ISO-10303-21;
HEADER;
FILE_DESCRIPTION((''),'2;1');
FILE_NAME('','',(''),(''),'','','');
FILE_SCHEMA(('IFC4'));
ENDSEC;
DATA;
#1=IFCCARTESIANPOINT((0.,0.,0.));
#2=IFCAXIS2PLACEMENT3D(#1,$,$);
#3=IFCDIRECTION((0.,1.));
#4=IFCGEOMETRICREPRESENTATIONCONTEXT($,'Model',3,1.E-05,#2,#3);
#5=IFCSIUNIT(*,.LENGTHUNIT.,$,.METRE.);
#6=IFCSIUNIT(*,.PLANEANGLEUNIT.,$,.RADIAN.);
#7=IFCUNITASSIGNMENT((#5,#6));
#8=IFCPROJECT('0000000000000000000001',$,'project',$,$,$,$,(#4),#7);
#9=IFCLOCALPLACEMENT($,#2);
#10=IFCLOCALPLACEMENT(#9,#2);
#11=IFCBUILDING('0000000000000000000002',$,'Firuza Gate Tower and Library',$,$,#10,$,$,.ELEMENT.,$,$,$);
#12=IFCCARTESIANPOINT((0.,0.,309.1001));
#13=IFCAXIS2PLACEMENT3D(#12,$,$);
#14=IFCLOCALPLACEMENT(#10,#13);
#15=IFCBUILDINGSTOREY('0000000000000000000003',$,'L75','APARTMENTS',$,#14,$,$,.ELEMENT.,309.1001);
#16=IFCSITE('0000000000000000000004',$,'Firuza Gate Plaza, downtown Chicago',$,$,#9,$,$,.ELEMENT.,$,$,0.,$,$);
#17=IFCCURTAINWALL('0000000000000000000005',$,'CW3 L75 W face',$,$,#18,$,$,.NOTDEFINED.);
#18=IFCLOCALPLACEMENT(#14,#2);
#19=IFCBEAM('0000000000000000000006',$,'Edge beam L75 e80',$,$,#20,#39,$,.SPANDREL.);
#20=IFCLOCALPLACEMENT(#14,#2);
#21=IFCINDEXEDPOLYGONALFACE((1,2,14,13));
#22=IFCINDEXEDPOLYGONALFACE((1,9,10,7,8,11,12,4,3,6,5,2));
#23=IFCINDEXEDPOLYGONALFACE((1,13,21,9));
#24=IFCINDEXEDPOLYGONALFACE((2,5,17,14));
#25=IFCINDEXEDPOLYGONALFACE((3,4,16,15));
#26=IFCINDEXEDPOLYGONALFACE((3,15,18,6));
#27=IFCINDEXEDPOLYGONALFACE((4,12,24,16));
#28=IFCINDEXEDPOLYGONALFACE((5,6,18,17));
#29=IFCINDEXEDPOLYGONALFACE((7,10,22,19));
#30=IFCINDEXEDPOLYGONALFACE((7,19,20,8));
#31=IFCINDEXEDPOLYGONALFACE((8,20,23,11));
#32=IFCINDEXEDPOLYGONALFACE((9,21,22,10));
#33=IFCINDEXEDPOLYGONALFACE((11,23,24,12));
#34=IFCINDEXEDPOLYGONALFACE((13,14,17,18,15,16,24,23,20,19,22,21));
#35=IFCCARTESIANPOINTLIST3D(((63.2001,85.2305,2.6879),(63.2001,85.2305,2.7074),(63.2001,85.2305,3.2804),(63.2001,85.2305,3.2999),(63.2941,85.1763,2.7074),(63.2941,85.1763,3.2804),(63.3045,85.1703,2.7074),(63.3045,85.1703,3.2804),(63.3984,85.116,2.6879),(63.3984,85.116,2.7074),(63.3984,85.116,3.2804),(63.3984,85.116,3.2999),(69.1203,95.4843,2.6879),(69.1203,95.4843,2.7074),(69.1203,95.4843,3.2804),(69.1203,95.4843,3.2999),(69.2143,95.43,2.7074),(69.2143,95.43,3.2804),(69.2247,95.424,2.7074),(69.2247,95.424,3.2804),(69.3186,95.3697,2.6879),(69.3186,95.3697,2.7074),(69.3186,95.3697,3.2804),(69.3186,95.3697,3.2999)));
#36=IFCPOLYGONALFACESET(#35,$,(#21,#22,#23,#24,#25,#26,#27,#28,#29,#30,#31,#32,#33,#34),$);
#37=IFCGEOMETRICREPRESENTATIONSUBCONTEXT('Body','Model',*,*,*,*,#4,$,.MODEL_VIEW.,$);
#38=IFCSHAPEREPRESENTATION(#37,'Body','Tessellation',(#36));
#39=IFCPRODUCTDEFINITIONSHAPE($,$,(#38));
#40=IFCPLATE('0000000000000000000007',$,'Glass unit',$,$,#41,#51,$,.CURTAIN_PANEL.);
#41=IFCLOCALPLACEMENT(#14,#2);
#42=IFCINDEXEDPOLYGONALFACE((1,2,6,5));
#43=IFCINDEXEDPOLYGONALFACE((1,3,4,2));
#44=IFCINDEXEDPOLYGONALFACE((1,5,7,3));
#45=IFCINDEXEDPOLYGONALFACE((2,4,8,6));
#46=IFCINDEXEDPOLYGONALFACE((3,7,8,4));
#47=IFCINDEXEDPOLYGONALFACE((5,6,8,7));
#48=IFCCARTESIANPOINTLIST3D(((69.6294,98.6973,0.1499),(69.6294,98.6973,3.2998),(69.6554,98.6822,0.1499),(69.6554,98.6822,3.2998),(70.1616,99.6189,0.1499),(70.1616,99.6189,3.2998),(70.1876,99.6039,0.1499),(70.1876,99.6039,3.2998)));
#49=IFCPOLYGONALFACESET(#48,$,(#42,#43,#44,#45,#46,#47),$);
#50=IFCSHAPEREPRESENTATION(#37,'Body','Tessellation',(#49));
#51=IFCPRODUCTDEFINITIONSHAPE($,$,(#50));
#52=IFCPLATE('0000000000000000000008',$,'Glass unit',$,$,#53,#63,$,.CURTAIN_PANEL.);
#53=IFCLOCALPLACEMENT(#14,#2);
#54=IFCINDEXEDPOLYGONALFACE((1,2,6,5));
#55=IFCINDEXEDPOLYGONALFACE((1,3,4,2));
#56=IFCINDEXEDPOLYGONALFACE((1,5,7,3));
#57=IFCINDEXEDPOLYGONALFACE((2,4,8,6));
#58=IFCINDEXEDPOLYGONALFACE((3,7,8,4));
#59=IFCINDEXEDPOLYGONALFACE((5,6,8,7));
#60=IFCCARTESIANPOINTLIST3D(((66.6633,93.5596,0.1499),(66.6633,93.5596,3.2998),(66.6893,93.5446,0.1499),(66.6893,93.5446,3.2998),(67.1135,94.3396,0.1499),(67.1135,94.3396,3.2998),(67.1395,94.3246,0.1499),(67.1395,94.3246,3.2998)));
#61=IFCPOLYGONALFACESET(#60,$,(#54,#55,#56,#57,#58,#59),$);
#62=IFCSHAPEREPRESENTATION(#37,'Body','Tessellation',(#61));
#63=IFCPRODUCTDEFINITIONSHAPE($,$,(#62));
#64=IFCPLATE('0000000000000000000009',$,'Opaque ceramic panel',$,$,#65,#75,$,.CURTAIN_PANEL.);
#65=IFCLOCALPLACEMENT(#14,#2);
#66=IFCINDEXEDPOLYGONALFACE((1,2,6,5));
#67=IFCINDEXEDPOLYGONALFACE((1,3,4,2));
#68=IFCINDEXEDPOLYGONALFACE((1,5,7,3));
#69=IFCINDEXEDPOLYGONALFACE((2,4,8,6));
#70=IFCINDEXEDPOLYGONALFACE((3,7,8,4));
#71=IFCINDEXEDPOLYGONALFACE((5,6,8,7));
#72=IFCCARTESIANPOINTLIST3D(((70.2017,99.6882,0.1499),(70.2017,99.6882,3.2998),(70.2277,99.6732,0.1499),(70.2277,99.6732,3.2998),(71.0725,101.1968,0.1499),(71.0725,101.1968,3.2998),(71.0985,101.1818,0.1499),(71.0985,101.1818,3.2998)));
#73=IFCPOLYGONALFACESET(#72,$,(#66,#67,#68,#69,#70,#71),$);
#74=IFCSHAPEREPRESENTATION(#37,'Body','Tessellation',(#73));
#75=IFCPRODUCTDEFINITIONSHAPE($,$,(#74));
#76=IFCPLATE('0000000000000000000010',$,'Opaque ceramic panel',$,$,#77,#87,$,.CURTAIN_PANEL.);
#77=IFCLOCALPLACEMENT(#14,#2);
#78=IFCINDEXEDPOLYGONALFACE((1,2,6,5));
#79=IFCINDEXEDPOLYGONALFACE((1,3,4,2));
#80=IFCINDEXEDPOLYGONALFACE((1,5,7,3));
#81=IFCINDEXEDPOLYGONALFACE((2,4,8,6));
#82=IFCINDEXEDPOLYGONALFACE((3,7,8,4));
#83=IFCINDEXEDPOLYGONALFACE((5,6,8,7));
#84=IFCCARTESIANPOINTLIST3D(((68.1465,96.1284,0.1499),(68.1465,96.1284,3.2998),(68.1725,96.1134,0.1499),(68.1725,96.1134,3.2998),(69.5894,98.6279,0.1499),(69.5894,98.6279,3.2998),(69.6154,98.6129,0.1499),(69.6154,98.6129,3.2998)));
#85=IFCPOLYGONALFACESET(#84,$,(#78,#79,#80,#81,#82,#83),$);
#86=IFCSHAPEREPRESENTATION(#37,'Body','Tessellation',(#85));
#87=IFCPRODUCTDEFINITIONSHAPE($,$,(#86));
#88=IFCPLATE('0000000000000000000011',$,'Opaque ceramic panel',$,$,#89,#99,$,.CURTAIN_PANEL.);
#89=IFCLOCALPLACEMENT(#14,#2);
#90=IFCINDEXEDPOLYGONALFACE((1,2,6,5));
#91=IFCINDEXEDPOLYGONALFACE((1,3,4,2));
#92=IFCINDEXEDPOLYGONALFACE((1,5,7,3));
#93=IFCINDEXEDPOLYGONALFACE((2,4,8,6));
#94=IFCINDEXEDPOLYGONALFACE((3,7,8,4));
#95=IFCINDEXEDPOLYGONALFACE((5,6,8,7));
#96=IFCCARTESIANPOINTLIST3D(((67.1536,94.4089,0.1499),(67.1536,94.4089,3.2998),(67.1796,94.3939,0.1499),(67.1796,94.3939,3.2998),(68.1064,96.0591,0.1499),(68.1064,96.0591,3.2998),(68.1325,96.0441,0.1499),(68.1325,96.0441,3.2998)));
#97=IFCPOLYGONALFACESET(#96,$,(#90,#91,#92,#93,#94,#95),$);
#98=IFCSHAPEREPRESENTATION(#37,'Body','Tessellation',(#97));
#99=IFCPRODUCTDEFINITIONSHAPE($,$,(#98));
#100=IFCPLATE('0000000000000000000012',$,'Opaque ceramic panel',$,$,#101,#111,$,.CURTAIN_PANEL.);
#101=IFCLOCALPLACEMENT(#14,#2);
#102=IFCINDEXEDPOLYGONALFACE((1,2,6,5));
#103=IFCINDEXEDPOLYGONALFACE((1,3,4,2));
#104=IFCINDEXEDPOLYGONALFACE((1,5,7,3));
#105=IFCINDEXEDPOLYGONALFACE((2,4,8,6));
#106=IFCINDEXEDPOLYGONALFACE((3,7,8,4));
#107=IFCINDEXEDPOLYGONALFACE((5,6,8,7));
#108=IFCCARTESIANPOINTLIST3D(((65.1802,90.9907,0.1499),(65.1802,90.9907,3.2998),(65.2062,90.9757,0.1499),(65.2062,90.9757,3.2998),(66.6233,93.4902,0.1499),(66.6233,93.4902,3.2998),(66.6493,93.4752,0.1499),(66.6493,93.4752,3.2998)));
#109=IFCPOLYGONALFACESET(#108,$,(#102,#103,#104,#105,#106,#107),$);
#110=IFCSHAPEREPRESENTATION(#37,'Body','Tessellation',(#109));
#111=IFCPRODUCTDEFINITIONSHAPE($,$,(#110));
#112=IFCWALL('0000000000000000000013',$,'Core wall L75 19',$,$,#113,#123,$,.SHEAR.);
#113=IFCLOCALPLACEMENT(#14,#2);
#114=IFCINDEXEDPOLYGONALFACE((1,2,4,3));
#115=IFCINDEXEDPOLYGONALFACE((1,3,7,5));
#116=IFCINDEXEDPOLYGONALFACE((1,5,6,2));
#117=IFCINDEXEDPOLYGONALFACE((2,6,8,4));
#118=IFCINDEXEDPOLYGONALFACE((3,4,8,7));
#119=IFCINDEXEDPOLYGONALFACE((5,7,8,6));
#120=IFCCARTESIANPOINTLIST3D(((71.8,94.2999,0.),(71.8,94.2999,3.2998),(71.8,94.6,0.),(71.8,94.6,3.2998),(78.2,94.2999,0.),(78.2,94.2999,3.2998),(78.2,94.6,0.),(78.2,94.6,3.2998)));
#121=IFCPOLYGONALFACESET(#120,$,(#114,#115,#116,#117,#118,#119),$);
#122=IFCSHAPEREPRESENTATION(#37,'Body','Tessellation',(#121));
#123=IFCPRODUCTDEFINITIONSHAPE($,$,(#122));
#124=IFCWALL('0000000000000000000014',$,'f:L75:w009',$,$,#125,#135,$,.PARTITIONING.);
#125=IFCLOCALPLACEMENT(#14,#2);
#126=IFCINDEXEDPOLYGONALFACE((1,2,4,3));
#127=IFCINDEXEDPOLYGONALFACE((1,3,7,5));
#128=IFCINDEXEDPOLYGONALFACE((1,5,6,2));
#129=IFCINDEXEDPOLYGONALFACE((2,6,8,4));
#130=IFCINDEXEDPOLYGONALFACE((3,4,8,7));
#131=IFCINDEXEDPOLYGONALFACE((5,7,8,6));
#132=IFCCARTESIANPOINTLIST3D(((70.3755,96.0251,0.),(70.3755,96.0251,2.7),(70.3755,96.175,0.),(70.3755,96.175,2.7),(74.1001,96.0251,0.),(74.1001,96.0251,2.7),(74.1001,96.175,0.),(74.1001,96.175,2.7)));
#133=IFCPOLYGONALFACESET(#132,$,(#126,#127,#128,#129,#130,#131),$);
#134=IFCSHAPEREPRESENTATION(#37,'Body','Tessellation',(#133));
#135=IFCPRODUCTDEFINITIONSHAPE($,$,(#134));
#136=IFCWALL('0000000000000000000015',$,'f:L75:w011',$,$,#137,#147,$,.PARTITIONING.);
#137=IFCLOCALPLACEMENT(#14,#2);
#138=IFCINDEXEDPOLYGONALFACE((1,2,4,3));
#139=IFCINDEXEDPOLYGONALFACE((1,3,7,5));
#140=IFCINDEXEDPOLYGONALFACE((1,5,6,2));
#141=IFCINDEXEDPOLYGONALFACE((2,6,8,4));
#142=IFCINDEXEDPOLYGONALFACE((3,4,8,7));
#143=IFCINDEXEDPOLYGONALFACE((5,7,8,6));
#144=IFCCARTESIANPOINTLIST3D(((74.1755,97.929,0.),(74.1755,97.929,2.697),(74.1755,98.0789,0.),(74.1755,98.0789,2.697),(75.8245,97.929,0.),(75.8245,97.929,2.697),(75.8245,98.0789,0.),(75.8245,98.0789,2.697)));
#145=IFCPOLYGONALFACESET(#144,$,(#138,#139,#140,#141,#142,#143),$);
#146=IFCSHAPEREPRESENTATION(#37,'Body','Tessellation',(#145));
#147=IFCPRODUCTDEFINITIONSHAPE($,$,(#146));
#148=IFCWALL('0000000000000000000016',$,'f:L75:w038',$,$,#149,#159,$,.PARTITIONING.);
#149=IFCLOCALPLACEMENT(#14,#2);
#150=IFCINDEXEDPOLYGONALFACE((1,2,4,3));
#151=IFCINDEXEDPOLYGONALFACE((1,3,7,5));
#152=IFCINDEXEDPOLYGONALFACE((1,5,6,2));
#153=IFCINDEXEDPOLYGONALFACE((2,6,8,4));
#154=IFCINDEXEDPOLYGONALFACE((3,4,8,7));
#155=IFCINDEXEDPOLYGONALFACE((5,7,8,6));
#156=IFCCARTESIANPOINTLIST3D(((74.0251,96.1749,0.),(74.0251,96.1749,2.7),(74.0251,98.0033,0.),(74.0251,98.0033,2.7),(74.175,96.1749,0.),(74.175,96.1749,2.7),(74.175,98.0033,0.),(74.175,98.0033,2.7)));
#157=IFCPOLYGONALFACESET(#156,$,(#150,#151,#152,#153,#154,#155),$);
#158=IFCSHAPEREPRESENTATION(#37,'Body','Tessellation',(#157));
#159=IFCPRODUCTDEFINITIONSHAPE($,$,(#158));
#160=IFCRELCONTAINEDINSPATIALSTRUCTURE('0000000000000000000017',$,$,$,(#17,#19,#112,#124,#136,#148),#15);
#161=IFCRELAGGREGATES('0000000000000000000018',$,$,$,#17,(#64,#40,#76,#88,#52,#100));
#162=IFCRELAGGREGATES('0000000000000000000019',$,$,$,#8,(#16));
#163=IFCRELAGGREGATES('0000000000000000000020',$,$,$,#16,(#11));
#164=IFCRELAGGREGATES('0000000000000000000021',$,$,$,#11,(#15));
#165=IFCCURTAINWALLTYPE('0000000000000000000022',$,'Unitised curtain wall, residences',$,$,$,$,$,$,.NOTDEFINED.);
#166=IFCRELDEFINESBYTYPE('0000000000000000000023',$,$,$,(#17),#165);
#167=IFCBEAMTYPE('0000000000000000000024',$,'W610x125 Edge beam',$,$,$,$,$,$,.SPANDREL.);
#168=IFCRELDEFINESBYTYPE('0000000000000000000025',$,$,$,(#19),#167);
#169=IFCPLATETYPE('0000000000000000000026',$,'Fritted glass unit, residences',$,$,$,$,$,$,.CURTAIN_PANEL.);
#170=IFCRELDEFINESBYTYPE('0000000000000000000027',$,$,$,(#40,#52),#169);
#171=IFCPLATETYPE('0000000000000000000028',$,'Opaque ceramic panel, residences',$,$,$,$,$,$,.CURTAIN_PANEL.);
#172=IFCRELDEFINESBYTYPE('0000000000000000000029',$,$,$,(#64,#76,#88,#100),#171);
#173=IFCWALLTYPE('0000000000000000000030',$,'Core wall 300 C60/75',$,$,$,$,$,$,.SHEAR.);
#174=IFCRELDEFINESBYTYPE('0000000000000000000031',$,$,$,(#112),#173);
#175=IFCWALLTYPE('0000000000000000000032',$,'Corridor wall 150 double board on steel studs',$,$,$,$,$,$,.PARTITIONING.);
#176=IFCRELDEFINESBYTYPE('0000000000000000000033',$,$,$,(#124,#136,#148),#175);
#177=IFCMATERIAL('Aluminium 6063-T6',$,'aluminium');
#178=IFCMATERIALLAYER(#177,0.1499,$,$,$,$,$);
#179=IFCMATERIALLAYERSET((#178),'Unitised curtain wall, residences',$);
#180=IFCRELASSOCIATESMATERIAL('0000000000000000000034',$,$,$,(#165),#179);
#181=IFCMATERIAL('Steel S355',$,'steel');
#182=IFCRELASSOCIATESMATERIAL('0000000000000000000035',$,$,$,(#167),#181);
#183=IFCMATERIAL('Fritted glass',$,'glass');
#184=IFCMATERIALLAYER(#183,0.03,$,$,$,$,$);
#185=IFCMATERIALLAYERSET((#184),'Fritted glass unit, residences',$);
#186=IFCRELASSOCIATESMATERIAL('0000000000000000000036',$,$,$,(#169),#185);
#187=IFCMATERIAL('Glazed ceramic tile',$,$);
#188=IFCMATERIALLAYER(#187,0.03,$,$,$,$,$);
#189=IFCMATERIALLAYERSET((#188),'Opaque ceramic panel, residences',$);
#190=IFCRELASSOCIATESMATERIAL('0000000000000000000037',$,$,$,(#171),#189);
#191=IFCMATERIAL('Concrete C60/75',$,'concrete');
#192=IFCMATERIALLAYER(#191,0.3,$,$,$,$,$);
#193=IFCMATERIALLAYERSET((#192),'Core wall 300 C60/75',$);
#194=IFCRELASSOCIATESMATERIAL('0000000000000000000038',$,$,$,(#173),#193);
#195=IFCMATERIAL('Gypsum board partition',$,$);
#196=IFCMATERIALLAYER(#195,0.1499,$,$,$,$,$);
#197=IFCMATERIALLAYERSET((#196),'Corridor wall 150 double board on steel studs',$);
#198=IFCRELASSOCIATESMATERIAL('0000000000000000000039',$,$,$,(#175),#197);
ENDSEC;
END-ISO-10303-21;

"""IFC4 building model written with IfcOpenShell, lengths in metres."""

from ifc_helpers import new_model, si_unit, direction, frame, frame_2d, origin, origin_2d, place, context, subcontext, project, spatial, polyline, rectangle, i_section, outline, extrude, material, layer, layer_set, material_profile, profile_set, type_object, element, aggregate, save


model = new_model("IFC4")

# Units and contexts
model_context = context("Model", 3, precision=1e-05, world=origin(), true_north=direction((0.0, 1.0)))
body_context = subcontext(model_context, "Body", "Model", "MODEL_VIEW")
ifc_project = project(units=[si_unit("LENGTHUNIT", "METRE"), si_unit("PLANEANGLEUNIT", "RADIAN")], contexts=[model_context])

# Site, building, storey
site_placement = place(None, origin())
site = spatial("IfcSite", under=ifc_project, at=site_placement, Name="Firuza Gate Plaza, downtown Chicago", CompositionType="ELEMENT", RefElevation=0.0)
building_placement = place(site_placement, origin())
building = spatial("IfcBuilding", under=site, at=building_placement, Name="Firuza Gate Tower and Library", CompositionType="ELEMENT")
storey_placement = place(building_placement, frame((0.0, 0.0, 309.1001)))
storey = spatial("IfcBuildingStorey", under=building, at=storey_placement, Name="L75", Description="APARTMENTS", CompositionType="ELEMENT", Elevation=309.1001)

# Curtain wall
ifc_material_1 = material(Name="Aluminium 6063-T6", Category="aluminium")
ifc_layer_1 = layer(ifc_material_1, 0.1499)
ifc_layer_set_1 = layer_set([ifc_layer_1], Name="Unitised curtain wall, residences")
curtain_wall_type_1 = type_object("IfcCurtainWallType", Name="Unitised curtain wall, residences", PredefinedType="NOTDEFINED", material=ifc_layer_set_1)
placement = place(storey_placement, origin())
curtain_wall_1 = element("IfcCurtainWall", 1, at=placement, inside=storey, type_object=curtain_wall_type_1, Name="CW3 L75 W face", PredefinedType="NOTDEFINED")

# Beam
ifc_material_2 = material(Name="Steel S355", Category="steel")
ifc_material_profile_1 = material_profile(ifc_material_2, i_section(OverallWidth=0.229, OverallDepth=0.6121, WebThickness=0.012, FlangeThickness=0.0195, at=origin_2d()))
ifc_profile_set_1 = profile_set([ifc_material_profile_1], Name="Steel S355")
beam_type_1 = type_object("IfcBeamType", Name="W610x125 Edge beam", PredefinedType="SPANDREL", material=ifc_profile_set_1)
beam_1_placement = place(storey_placement, frame((69.2195, 95.427, 2.9939), z_axis=(-0.500013, -0.866018, 0.0), x_axis=(0.866018, -0.500013, 0.0)))
element("IfcBeam", 2, at=beam_1_placement, inside=storey, type_object=beam_type_1, Name="Edge beam L75 e80", PredefinedType="SPANDREL", context=body_context, shape_type="SweptSolid", body=[
    extrude(i_section(OverallWidth=0.229, OverallDepth=0.6121, WebThickness=0.012, FlangeThickness=0.0195, at=origin_2d()), origin(), (0.0, 0.0, 1.0), 11.8401),
])

# Plates
ifc_material_3 = material(Name="Fritted glass", Category="glass")
ifc_layer_2 = layer(ifc_material_3, 0.03)
ifc_layer_set_2 = layer_set([ifc_layer_2], Name="Fritted glass unit, residences")
plate_type_1 = type_object("IfcPlateType", Name="Fritted glass unit, residences", PredefinedType="CURTAIN_PANEL", material=ifc_layer_set_2)
plate_1_placement = place(storey_placement, frame((70.1616, 99.6189, 0.1499), z_axis=(-0.865975, 0.500086, 0.0), x_axis=(-0.500086, -0.865975, 0.0)))
plate_1 = element("IfcPlate", 3, at=plate_1_placement, type_object=plate_type_1, Name="Glass unit", PredefinedType="CURTAIN_PANEL", context=body_context, shape_type="SweptSolid", body=[
    extrude(outline(polyline([(0.0, 0.0), (1.0643, 0.0), (1.0643, 3.1499), (0.0, 3.1499), (0.0, 0.0)])), origin(), (0.0, 0.0, -1.0), 0.03),
])
plate_2_placement = place(storey_placement, frame((67.1135, 94.3396, 0.1499), z_axis=(-0.8661, 0.499871, 0.0), x_axis=(-0.499871, -0.8661, 0.0)))
plate_2 = element("IfcPlate", 4, at=plate_2_placement, type_object=plate_type_1, Name="Glass unit", PredefinedType="CURTAIN_PANEL", context=body_context, shape_type="SweptSolid", body=[
    extrude(outline(polyline([(0.0, 0.0), (0.9006, 0.0), (0.9006, 3.1499), (0.0, 3.1499), (0.0, 0.0)])), origin(), (0.0, 0.0, -1.0), 0.03),
])
ifc_material_4 = material(Name="Glazed ceramic tile")
ifc_layer_3 = layer(ifc_material_4, 0.03)
ifc_layer_set_3 = layer_set([ifc_layer_3], Name="Opaque ceramic panel, residences")
plate_type_2 = type_object("IfcPlateType", Name="Opaque ceramic panel, residences", PredefinedType="CURTAIN_PANEL", material=ifc_layer_set_3)
plate_3_placement = place(storey_placement, frame((71.0725, 101.1968, 0.1499), z_axis=(-0.866053, 0.499953, 0.0), x_axis=(-0.499953, -0.866053, 0.0)))
plate_3 = element("IfcPlate", 5, at=plate_3_placement, type_object=plate_type_2, Name="Opaque ceramic panel", PredefinedType="CURTAIN_PANEL", context=body_context, shape_type="SweptSolid", body=[
    extrude(outline(polyline([(0.0, 0.0), (1.7419, 0.0), (1.7419, 3.1499), (0.0, 3.1499), (0.0, 0.0)])), origin(), (0.0, 0.0, -1.0), 0.03),
])
plate_4_placement = place(storey_placement, frame((69.5894, 98.6279, 0.1499), z_axis=(-0.866059, 0.499942, 0.0), x_axis=(-0.499942, -0.866059, 0.0)))
plate_4 = element("IfcPlate", 6, at=plate_4_placement, type_object=plate_type_2, Name="Opaque ceramic panel", PredefinedType="CURTAIN_PANEL", context=body_context, shape_type="SweptSolid", body=[
    extrude(outline(polyline([(0.0, 0.0), (2.8861, 0.0), (2.8861, 3.1499), (0.0, 3.1499), (0.0, 0.0)])), origin(), (0.0, 0.0, -1.0), 0.03),
])
plate_5_placement = place(storey_placement, frame((68.1064, 96.0591, 0.1499), z_axis=(-0.865987, 0.500066, 0.0), x_axis=(-0.500066, -0.865987, 0.0)))
plate_5 = element("IfcPlate", 7, at=plate_5_placement, type_object=plate_type_2, Name="Opaque ceramic panel", PredefinedType="CURTAIN_PANEL", context=body_context, shape_type="SweptSolid", body=[
    extrude(outline(polyline([(0.0, 0.0), (1.9055, 0.0), (1.9055, 3.1499), (0.0, 3.1499), (0.0, 0.0)])), origin(), (0.0, 0.0, -1.0), 0.03),
])
plate_6_placement = place(storey_placement, frame((66.6233, 93.4902, 0.1499), z_axis=(-0.866022, 0.500006, 0.0), x_axis=(-0.500006, -0.866022, 0.0)))
plate_6 = element("IfcPlate", 8, at=plate_6_placement, type_object=plate_type_2, Name="Opaque ceramic panel", PredefinedType="CURTAIN_PANEL", context=body_context, shape_type="SweptSolid", body=[
    extrude(outline(polyline([(0.0, 0.0), (2.8862, 0.0), (2.8862, 3.1499), (0.0, 3.1499), (0.0, 0.0)])), origin(), (0.0, 0.0, -1.0), 0.03),
])
aggregate(curtain_wall_1, [plate_3, plate_1, plate_4, plate_5, plate_2, plate_6])

# Walls
ifc_material_5 = material(Name="Concrete C60/75", Category="concrete")
ifc_layer_4 = layer(ifc_material_5, 0.3)
ifc_layer_set_4 = layer_set([ifc_layer_4], Name="Core wall 300 C60/75")
wall_type_1 = type_object("IfcWallType", Name="Core wall 300 C60/75", PredefinedType="SHEAR", material=ifc_layer_set_4)
wall_1_placement = place(storey_placement, frame((71.8, 94.45, 0.0), z_axis=(0.0, 0.0, 1.0), x_axis=(1.0, 0.0, 0.0)))
element("IfcWall", 9, at=wall_1_placement, inside=storey, type_object=wall_type_1, Name="Core wall L75 19", PredefinedType="SHEAR", context=body_context, shape_type="SweptSolid", body=[
    extrude(rectangle(XDim=6.3999, YDim=0.3, at=frame_2d((3.2, 0.0))), origin(), (0.0, 0.0, 1.0), 3.2998),
])
ifc_material_6 = material(Name="Gypsum board partition")
ifc_layer_5 = layer(ifc_material_6, 0.1499)
ifc_layer_set_5 = layer_set([ifc_layer_5], Name="Corridor wall 150 double board on steel studs")
wall_type_2 = type_object("IfcWallType", Name="Corridor wall 150 double board on steel studs", PredefinedType="PARTITIONING", material=ifc_layer_set_5)
wall_2_placement = place(storey_placement, frame((70.3755, 96.1001, 0.0), z_axis=(0.0, 0.0, 1.0), x_axis=(1.0, 0.0, 0.0)))
element("IfcWall", 10, at=wall_2_placement, inside=storey, type_object=wall_type_2, Name="f:L75:w009", PredefinedType="PARTITIONING", context=body_context, shape_type="SweptSolid", body=[
    extrude(rectangle(XDim=3.7246, YDim=0.1499, at=frame_2d((1.8623, 0.0))), origin(), (0.0, 0.0, 1.0), 2.7),
])
wall_3_placement = place(storey_placement, frame((74.1755, 98.0039, 0.0), z_axis=(0.0, 0.0, 1.0), x_axis=(1.0, 0.0, 0.0)))
element("IfcWall", 11, at=wall_3_placement, inside=storey, type_object=wall_type_2, Name="f:L75:w011", PredefinedType="PARTITIONING", context=body_context, shape_type="SweptSolid", body=[
    extrude(rectangle(XDim=1.6489, YDim=0.1499, at=frame_2d((0.8245, 0.0))), origin(), (0.0, 0.0, 1.0), 2.697),
])
wall_4_placement = place(storey_placement, frame((74.1001, 96.175, 0.0), z_axis=(0.0, 0.0, 1.0), x_axis=(0.0, 1.0, 0.0)))
element("IfcWall", 12, at=wall_4_placement, inside=storey, type_object=wall_type_2, Name="f:L75:w038", PredefinedType="PARTITIONING", context=body_context, shape_type="SweptSolid", body=[
    extrude(rectangle(XDim=1.8284, YDim=0.1499, at=frame_2d((0.9141, 0.0))), origin(), (0.0, 0.0, 1.0), 2.7),
])

save(model, "model.ifc")
